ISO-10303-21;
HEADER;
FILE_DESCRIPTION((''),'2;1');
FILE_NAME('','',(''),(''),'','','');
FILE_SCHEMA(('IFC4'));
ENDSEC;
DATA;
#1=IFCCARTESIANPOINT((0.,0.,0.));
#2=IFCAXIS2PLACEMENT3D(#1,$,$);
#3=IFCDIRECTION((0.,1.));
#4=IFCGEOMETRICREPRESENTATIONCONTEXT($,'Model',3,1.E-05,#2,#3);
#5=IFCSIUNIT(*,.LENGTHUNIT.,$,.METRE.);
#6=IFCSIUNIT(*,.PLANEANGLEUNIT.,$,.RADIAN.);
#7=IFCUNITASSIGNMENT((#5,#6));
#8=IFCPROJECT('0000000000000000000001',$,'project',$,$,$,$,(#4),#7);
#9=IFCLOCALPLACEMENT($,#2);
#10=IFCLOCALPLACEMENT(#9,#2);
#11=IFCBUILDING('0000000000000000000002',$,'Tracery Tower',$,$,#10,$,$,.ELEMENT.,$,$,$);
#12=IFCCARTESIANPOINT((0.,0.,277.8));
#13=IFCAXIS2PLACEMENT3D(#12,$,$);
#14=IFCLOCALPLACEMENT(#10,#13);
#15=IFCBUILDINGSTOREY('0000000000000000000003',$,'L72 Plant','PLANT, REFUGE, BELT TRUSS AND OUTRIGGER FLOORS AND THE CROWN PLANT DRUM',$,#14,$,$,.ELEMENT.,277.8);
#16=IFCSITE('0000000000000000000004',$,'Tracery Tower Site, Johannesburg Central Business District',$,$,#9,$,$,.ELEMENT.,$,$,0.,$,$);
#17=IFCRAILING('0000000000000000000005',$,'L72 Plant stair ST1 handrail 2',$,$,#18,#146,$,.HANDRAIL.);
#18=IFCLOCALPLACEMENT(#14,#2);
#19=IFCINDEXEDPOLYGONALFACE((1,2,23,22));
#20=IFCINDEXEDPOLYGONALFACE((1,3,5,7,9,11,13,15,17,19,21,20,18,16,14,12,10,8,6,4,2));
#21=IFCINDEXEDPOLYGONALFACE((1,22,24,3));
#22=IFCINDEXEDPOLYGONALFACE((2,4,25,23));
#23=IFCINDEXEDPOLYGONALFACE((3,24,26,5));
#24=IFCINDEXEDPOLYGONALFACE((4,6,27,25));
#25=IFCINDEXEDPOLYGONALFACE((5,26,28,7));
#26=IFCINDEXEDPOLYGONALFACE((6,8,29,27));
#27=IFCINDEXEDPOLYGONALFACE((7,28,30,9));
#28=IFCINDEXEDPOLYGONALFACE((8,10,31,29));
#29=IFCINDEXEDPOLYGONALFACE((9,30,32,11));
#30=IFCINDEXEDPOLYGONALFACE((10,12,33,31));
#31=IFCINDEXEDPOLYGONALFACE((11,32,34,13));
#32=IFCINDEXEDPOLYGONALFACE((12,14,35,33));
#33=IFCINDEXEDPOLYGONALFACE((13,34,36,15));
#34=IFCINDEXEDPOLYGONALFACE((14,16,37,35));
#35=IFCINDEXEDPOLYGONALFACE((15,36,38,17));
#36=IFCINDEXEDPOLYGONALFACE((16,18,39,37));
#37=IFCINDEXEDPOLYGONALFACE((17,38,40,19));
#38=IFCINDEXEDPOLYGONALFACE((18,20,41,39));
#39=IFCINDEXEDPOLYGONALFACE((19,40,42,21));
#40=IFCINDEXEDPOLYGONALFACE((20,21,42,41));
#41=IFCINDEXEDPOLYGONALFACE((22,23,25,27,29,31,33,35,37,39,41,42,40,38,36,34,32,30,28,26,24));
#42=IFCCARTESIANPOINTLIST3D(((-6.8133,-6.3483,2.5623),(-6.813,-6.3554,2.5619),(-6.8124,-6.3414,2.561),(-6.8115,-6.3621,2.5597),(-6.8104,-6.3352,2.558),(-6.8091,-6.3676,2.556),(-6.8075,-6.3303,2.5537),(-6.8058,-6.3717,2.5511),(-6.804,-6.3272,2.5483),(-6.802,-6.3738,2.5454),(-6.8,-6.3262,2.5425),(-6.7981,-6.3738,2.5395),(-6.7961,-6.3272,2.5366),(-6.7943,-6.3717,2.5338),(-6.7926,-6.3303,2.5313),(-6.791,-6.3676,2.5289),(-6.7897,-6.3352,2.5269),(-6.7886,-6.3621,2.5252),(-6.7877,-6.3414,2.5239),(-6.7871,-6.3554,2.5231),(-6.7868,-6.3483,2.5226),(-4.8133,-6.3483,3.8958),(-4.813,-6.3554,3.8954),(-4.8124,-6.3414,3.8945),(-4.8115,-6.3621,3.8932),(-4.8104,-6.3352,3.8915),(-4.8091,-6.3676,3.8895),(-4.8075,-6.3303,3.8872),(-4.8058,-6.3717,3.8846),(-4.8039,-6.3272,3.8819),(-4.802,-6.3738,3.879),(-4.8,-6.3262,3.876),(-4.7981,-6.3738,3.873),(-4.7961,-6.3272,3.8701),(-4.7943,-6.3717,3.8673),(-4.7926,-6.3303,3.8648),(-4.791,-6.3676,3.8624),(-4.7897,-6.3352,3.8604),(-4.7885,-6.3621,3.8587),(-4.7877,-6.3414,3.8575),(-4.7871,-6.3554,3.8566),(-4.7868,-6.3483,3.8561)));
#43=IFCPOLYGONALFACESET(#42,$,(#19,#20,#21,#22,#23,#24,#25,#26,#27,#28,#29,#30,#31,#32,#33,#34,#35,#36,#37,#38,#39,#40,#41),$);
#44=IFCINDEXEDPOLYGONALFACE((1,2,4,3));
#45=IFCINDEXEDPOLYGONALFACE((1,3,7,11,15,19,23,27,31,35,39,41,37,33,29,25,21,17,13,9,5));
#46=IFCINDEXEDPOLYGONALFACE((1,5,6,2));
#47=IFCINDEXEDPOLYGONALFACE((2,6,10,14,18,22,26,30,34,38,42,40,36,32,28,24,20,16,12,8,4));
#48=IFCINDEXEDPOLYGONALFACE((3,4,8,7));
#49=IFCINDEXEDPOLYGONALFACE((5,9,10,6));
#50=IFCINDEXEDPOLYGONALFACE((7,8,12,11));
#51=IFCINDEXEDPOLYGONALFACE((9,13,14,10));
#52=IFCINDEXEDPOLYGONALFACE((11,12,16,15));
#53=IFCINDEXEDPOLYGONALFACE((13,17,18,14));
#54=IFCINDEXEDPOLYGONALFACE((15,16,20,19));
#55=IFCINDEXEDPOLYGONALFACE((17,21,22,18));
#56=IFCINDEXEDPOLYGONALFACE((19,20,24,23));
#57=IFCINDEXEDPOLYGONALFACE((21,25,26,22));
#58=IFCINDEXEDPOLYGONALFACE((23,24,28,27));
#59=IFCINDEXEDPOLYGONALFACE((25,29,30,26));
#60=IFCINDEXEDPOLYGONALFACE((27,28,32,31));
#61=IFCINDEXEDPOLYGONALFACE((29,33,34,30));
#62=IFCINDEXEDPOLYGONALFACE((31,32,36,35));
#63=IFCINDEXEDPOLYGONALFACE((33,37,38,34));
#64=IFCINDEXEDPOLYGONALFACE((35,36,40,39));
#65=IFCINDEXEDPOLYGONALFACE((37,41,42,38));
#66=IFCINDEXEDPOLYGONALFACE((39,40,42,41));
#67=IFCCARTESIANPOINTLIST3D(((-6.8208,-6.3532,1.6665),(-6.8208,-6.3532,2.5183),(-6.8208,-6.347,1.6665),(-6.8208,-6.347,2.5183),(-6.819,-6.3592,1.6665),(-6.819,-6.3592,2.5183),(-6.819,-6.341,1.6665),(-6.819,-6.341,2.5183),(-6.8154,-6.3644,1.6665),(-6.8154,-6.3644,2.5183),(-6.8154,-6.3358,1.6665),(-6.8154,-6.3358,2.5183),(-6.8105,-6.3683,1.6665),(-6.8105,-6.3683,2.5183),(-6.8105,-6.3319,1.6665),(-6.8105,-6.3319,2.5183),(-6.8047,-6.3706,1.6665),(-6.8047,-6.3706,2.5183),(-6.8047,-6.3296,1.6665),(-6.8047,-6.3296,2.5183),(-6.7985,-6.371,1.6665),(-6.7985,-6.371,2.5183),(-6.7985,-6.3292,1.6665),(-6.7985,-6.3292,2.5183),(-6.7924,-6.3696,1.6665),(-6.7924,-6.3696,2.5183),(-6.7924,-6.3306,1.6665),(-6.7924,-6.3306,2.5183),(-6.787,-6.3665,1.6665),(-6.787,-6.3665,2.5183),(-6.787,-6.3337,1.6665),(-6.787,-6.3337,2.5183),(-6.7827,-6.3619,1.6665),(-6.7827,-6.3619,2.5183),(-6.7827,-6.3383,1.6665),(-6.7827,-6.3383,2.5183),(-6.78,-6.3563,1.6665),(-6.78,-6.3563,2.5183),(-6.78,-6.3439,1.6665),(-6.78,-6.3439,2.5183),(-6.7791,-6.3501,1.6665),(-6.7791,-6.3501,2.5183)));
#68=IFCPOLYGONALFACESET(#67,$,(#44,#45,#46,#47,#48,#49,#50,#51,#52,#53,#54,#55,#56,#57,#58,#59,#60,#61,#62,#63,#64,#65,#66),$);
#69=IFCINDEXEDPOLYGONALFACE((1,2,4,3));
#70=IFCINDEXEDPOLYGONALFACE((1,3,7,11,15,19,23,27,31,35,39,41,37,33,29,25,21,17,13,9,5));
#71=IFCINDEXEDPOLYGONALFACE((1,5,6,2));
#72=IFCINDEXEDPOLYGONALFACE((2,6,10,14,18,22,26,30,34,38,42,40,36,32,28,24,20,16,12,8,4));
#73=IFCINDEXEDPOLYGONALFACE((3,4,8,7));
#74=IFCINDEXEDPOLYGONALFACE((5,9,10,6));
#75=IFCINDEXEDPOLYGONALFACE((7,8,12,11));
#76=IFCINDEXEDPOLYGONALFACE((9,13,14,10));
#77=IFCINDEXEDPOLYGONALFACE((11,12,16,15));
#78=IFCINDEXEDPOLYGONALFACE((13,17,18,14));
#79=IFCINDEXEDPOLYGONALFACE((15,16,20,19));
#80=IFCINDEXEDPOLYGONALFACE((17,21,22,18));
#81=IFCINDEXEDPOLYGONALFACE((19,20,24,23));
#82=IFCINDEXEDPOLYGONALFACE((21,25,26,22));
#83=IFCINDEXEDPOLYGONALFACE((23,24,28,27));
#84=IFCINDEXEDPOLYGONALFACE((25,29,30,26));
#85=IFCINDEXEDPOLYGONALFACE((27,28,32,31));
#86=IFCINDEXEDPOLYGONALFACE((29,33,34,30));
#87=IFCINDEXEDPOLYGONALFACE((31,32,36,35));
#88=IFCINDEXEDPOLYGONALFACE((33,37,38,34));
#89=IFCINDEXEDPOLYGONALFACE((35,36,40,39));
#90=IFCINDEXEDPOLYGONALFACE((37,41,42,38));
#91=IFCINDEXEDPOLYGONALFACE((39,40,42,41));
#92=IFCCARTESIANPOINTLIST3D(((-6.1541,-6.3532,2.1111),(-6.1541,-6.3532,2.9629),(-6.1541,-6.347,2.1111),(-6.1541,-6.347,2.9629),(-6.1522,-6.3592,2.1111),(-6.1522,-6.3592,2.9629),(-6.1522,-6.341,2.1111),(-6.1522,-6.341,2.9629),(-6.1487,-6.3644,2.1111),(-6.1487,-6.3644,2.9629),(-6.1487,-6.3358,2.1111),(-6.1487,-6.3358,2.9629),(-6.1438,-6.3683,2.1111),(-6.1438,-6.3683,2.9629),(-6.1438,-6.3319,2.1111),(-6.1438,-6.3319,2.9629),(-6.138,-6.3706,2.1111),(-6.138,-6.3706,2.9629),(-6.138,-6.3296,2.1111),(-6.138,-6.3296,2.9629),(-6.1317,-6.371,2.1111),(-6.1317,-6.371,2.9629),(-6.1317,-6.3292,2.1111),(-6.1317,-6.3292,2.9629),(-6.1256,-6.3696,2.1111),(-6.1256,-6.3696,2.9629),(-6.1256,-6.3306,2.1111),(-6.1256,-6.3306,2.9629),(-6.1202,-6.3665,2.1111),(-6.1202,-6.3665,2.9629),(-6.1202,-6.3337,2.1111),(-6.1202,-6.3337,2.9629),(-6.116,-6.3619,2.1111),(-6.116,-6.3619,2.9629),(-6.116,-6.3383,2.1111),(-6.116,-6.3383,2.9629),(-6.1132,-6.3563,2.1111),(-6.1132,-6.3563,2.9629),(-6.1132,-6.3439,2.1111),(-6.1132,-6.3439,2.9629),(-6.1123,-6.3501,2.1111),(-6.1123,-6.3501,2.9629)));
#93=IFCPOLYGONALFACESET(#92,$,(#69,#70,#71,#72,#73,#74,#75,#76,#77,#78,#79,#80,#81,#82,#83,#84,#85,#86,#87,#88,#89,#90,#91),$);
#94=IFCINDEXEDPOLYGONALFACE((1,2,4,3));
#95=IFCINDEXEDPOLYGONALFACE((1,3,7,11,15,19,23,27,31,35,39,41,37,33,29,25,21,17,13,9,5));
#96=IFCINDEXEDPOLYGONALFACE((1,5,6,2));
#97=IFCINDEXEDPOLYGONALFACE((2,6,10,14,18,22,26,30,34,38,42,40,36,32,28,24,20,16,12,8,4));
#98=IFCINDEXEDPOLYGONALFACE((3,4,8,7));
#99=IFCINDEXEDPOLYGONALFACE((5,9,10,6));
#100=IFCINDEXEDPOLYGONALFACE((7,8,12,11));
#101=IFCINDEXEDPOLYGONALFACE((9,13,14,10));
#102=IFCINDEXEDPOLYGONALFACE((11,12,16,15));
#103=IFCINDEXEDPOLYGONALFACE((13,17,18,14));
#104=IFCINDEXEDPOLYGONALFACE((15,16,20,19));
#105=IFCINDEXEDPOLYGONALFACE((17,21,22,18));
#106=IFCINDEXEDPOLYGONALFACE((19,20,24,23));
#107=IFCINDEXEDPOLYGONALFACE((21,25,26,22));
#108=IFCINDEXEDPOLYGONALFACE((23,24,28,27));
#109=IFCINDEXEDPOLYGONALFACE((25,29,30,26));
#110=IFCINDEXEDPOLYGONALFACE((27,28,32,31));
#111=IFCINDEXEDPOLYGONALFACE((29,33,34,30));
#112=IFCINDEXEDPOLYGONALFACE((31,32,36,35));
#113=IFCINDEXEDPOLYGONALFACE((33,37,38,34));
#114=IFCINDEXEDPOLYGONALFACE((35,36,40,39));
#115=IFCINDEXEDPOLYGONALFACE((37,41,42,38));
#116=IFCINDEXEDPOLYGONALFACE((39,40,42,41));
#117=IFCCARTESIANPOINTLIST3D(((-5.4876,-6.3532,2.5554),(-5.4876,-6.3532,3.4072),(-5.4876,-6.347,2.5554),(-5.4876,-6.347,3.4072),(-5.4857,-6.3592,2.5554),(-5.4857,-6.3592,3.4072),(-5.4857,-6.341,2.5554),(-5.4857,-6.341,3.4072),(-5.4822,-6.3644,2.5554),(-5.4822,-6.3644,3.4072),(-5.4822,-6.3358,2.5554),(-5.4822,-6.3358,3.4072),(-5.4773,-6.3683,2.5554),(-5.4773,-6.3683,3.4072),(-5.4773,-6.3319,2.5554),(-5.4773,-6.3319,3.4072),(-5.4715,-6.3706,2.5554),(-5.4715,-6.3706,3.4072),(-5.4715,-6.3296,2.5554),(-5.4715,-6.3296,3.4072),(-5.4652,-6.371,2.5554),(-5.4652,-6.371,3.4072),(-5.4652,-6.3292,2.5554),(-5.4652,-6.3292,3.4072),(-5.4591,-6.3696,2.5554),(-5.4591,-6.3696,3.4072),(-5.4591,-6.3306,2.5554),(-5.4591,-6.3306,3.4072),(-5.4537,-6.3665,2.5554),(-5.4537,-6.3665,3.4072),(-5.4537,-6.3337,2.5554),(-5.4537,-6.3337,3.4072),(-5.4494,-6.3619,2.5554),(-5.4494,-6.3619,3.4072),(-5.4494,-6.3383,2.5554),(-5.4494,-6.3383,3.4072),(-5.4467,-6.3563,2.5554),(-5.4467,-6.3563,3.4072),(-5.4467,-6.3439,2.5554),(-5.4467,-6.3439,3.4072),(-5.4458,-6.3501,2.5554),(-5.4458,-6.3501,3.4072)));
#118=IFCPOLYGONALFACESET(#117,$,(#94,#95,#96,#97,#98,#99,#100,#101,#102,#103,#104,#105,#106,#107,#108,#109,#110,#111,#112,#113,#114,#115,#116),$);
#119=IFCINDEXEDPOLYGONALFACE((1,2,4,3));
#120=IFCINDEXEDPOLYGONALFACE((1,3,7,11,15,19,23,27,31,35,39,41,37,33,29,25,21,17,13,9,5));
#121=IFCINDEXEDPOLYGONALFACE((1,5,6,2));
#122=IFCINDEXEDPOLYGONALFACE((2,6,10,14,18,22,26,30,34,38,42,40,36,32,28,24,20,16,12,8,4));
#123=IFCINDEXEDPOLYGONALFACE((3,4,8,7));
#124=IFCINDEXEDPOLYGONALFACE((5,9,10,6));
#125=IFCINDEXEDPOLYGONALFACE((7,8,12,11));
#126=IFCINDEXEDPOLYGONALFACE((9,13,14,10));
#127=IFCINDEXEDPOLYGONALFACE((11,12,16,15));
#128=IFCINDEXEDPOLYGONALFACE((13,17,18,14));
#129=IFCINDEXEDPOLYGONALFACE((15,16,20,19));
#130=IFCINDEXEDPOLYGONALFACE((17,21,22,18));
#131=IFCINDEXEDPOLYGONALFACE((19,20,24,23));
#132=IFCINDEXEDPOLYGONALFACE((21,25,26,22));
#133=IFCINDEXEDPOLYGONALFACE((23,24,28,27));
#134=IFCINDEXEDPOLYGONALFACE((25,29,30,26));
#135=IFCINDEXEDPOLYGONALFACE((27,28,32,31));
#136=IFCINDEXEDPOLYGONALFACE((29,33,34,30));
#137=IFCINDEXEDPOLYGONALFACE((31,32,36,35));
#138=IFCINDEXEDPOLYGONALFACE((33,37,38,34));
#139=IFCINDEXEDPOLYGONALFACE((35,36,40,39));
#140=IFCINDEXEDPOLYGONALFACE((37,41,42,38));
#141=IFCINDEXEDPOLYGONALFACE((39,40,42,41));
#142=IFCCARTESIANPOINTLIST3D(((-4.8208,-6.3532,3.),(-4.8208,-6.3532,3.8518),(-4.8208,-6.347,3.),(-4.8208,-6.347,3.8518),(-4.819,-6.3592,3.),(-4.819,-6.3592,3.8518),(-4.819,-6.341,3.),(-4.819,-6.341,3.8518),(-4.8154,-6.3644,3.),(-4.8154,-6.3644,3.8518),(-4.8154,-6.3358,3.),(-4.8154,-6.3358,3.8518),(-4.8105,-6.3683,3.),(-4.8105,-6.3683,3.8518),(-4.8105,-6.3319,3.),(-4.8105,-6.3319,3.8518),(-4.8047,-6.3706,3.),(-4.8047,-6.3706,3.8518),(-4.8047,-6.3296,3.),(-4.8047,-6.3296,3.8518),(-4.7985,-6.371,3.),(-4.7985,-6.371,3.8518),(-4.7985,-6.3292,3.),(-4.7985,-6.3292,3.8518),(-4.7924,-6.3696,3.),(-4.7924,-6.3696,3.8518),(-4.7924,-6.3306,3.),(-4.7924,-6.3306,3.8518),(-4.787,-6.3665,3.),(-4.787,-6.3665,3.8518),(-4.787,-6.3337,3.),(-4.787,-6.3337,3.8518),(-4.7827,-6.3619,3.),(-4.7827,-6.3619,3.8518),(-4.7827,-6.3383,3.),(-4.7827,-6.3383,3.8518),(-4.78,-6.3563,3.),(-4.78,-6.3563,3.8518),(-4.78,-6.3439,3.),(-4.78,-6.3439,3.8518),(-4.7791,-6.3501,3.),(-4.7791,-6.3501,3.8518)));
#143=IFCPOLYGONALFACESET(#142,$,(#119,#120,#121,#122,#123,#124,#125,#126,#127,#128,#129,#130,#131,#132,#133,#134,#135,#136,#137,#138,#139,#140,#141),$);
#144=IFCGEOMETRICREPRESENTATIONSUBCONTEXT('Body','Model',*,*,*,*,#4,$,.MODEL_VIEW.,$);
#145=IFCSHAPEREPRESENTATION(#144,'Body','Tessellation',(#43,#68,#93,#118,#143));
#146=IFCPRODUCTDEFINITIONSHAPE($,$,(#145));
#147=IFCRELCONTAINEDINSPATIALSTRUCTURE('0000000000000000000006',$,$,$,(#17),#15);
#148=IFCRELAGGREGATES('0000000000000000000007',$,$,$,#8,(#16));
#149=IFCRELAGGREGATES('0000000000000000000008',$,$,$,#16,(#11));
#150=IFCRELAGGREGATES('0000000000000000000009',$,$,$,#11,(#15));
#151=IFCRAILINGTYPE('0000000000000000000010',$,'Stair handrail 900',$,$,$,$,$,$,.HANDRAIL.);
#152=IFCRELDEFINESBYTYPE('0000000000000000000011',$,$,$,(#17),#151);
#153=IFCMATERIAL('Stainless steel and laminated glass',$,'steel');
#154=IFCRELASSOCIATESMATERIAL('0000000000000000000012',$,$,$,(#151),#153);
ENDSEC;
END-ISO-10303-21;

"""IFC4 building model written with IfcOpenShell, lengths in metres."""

from ifc_helpers import new_model, si_unit, direction, frame, origin, origin_2d, place, context, subcontext, project, spatial, circle, extrude, material, type_object, element, save


model = new_model("IFC4")

# Units and contexts
model_context = context("Model", 3, precision=1e-05, world=origin(), true_north=direction((0.0, 1.0)))
body_context = subcontext(model_context, "Body", "Model", "MODEL_VIEW")
ifc_project = project(units=[si_unit("LENGTHUNIT", "METRE"), si_unit("PLANEANGLEUNIT", "RADIAN")], contexts=[model_context])

# Site, building, storey
site_placement = place(None, origin())
site = spatial("IfcSite", under=ifc_project, at=site_placement, Name="Tracery Tower Site, Johannesburg Central Business District", CompositionType="ELEMENT", RefElevation=0.0)
building_placement = place(site_placement, origin())
building = spatial("IfcBuilding", under=site, at=building_placement, Name="Tracery Tower", CompositionType="ELEMENT")
storey_placement = place(building_placement, frame((0.0, 0.0, 277.8)))
storey = spatial("IfcBuildingStorey", under=building, at=storey_placement, Name="L72 Plant", Description="PLANT, REFUGE, BELT TRUSS AND OUTRIGGER FLOORS AND THE CROWN PLANT DRUM", CompositionType="ELEMENT", Elevation=277.8)

# Railing
ifc_material_1 = material(Name="Stainless steel and laminated glass", Category="steel")
railing_type = type_object("IfcRailingType", Name="Stair handrail 900", PredefinedType="HANDRAIL", material=ifc_material_1)
for number, where, name in (
    (1, (-6.8, -6.3501, 1.6665), "L72 Plant stair ST1 handrail 2"),
):
    element("IfcRailing", number, at=place(storey_placement, frame(where)), inside=storey, type_object=railing_type, Name=name, PredefinedType="HANDRAIL", context=body_context, shape_type="SweptSolid", body=[
        extrude(circle(Radius=0.0239, at=origin_2d()), frame((0.0, 0.0, 0.876), z_axis=(0.832019, 0.0, 0.554747), x_axis=(0.0, 1.0, 0.0)), (0.0, 0.0, 1.0), 2.4038),
        extrude(circle(Radius=0.021, at=origin_2d()), origin(), (0.0, 0.0, 1.0), 0.8518),
        extrude(circle(Radius=0.021, at=origin_2d()), frame((0.6667, 0.0, 0.4446)), (0.0, 0.0, 1.0), 0.8518),
        extrude(circle(Radius=0.021, at=origin_2d()), frame((1.3333, 0.0, 0.8889)), (0.0, 0.0, 1.0), 0.8518),
        extrude(circle(Radius=0.021, at=origin_2d()), frame((2.0, 0.0, 1.3335)), (0.0, 0.0, 1.0), 0.8518),
    ])

save(model, "model.ifc")
